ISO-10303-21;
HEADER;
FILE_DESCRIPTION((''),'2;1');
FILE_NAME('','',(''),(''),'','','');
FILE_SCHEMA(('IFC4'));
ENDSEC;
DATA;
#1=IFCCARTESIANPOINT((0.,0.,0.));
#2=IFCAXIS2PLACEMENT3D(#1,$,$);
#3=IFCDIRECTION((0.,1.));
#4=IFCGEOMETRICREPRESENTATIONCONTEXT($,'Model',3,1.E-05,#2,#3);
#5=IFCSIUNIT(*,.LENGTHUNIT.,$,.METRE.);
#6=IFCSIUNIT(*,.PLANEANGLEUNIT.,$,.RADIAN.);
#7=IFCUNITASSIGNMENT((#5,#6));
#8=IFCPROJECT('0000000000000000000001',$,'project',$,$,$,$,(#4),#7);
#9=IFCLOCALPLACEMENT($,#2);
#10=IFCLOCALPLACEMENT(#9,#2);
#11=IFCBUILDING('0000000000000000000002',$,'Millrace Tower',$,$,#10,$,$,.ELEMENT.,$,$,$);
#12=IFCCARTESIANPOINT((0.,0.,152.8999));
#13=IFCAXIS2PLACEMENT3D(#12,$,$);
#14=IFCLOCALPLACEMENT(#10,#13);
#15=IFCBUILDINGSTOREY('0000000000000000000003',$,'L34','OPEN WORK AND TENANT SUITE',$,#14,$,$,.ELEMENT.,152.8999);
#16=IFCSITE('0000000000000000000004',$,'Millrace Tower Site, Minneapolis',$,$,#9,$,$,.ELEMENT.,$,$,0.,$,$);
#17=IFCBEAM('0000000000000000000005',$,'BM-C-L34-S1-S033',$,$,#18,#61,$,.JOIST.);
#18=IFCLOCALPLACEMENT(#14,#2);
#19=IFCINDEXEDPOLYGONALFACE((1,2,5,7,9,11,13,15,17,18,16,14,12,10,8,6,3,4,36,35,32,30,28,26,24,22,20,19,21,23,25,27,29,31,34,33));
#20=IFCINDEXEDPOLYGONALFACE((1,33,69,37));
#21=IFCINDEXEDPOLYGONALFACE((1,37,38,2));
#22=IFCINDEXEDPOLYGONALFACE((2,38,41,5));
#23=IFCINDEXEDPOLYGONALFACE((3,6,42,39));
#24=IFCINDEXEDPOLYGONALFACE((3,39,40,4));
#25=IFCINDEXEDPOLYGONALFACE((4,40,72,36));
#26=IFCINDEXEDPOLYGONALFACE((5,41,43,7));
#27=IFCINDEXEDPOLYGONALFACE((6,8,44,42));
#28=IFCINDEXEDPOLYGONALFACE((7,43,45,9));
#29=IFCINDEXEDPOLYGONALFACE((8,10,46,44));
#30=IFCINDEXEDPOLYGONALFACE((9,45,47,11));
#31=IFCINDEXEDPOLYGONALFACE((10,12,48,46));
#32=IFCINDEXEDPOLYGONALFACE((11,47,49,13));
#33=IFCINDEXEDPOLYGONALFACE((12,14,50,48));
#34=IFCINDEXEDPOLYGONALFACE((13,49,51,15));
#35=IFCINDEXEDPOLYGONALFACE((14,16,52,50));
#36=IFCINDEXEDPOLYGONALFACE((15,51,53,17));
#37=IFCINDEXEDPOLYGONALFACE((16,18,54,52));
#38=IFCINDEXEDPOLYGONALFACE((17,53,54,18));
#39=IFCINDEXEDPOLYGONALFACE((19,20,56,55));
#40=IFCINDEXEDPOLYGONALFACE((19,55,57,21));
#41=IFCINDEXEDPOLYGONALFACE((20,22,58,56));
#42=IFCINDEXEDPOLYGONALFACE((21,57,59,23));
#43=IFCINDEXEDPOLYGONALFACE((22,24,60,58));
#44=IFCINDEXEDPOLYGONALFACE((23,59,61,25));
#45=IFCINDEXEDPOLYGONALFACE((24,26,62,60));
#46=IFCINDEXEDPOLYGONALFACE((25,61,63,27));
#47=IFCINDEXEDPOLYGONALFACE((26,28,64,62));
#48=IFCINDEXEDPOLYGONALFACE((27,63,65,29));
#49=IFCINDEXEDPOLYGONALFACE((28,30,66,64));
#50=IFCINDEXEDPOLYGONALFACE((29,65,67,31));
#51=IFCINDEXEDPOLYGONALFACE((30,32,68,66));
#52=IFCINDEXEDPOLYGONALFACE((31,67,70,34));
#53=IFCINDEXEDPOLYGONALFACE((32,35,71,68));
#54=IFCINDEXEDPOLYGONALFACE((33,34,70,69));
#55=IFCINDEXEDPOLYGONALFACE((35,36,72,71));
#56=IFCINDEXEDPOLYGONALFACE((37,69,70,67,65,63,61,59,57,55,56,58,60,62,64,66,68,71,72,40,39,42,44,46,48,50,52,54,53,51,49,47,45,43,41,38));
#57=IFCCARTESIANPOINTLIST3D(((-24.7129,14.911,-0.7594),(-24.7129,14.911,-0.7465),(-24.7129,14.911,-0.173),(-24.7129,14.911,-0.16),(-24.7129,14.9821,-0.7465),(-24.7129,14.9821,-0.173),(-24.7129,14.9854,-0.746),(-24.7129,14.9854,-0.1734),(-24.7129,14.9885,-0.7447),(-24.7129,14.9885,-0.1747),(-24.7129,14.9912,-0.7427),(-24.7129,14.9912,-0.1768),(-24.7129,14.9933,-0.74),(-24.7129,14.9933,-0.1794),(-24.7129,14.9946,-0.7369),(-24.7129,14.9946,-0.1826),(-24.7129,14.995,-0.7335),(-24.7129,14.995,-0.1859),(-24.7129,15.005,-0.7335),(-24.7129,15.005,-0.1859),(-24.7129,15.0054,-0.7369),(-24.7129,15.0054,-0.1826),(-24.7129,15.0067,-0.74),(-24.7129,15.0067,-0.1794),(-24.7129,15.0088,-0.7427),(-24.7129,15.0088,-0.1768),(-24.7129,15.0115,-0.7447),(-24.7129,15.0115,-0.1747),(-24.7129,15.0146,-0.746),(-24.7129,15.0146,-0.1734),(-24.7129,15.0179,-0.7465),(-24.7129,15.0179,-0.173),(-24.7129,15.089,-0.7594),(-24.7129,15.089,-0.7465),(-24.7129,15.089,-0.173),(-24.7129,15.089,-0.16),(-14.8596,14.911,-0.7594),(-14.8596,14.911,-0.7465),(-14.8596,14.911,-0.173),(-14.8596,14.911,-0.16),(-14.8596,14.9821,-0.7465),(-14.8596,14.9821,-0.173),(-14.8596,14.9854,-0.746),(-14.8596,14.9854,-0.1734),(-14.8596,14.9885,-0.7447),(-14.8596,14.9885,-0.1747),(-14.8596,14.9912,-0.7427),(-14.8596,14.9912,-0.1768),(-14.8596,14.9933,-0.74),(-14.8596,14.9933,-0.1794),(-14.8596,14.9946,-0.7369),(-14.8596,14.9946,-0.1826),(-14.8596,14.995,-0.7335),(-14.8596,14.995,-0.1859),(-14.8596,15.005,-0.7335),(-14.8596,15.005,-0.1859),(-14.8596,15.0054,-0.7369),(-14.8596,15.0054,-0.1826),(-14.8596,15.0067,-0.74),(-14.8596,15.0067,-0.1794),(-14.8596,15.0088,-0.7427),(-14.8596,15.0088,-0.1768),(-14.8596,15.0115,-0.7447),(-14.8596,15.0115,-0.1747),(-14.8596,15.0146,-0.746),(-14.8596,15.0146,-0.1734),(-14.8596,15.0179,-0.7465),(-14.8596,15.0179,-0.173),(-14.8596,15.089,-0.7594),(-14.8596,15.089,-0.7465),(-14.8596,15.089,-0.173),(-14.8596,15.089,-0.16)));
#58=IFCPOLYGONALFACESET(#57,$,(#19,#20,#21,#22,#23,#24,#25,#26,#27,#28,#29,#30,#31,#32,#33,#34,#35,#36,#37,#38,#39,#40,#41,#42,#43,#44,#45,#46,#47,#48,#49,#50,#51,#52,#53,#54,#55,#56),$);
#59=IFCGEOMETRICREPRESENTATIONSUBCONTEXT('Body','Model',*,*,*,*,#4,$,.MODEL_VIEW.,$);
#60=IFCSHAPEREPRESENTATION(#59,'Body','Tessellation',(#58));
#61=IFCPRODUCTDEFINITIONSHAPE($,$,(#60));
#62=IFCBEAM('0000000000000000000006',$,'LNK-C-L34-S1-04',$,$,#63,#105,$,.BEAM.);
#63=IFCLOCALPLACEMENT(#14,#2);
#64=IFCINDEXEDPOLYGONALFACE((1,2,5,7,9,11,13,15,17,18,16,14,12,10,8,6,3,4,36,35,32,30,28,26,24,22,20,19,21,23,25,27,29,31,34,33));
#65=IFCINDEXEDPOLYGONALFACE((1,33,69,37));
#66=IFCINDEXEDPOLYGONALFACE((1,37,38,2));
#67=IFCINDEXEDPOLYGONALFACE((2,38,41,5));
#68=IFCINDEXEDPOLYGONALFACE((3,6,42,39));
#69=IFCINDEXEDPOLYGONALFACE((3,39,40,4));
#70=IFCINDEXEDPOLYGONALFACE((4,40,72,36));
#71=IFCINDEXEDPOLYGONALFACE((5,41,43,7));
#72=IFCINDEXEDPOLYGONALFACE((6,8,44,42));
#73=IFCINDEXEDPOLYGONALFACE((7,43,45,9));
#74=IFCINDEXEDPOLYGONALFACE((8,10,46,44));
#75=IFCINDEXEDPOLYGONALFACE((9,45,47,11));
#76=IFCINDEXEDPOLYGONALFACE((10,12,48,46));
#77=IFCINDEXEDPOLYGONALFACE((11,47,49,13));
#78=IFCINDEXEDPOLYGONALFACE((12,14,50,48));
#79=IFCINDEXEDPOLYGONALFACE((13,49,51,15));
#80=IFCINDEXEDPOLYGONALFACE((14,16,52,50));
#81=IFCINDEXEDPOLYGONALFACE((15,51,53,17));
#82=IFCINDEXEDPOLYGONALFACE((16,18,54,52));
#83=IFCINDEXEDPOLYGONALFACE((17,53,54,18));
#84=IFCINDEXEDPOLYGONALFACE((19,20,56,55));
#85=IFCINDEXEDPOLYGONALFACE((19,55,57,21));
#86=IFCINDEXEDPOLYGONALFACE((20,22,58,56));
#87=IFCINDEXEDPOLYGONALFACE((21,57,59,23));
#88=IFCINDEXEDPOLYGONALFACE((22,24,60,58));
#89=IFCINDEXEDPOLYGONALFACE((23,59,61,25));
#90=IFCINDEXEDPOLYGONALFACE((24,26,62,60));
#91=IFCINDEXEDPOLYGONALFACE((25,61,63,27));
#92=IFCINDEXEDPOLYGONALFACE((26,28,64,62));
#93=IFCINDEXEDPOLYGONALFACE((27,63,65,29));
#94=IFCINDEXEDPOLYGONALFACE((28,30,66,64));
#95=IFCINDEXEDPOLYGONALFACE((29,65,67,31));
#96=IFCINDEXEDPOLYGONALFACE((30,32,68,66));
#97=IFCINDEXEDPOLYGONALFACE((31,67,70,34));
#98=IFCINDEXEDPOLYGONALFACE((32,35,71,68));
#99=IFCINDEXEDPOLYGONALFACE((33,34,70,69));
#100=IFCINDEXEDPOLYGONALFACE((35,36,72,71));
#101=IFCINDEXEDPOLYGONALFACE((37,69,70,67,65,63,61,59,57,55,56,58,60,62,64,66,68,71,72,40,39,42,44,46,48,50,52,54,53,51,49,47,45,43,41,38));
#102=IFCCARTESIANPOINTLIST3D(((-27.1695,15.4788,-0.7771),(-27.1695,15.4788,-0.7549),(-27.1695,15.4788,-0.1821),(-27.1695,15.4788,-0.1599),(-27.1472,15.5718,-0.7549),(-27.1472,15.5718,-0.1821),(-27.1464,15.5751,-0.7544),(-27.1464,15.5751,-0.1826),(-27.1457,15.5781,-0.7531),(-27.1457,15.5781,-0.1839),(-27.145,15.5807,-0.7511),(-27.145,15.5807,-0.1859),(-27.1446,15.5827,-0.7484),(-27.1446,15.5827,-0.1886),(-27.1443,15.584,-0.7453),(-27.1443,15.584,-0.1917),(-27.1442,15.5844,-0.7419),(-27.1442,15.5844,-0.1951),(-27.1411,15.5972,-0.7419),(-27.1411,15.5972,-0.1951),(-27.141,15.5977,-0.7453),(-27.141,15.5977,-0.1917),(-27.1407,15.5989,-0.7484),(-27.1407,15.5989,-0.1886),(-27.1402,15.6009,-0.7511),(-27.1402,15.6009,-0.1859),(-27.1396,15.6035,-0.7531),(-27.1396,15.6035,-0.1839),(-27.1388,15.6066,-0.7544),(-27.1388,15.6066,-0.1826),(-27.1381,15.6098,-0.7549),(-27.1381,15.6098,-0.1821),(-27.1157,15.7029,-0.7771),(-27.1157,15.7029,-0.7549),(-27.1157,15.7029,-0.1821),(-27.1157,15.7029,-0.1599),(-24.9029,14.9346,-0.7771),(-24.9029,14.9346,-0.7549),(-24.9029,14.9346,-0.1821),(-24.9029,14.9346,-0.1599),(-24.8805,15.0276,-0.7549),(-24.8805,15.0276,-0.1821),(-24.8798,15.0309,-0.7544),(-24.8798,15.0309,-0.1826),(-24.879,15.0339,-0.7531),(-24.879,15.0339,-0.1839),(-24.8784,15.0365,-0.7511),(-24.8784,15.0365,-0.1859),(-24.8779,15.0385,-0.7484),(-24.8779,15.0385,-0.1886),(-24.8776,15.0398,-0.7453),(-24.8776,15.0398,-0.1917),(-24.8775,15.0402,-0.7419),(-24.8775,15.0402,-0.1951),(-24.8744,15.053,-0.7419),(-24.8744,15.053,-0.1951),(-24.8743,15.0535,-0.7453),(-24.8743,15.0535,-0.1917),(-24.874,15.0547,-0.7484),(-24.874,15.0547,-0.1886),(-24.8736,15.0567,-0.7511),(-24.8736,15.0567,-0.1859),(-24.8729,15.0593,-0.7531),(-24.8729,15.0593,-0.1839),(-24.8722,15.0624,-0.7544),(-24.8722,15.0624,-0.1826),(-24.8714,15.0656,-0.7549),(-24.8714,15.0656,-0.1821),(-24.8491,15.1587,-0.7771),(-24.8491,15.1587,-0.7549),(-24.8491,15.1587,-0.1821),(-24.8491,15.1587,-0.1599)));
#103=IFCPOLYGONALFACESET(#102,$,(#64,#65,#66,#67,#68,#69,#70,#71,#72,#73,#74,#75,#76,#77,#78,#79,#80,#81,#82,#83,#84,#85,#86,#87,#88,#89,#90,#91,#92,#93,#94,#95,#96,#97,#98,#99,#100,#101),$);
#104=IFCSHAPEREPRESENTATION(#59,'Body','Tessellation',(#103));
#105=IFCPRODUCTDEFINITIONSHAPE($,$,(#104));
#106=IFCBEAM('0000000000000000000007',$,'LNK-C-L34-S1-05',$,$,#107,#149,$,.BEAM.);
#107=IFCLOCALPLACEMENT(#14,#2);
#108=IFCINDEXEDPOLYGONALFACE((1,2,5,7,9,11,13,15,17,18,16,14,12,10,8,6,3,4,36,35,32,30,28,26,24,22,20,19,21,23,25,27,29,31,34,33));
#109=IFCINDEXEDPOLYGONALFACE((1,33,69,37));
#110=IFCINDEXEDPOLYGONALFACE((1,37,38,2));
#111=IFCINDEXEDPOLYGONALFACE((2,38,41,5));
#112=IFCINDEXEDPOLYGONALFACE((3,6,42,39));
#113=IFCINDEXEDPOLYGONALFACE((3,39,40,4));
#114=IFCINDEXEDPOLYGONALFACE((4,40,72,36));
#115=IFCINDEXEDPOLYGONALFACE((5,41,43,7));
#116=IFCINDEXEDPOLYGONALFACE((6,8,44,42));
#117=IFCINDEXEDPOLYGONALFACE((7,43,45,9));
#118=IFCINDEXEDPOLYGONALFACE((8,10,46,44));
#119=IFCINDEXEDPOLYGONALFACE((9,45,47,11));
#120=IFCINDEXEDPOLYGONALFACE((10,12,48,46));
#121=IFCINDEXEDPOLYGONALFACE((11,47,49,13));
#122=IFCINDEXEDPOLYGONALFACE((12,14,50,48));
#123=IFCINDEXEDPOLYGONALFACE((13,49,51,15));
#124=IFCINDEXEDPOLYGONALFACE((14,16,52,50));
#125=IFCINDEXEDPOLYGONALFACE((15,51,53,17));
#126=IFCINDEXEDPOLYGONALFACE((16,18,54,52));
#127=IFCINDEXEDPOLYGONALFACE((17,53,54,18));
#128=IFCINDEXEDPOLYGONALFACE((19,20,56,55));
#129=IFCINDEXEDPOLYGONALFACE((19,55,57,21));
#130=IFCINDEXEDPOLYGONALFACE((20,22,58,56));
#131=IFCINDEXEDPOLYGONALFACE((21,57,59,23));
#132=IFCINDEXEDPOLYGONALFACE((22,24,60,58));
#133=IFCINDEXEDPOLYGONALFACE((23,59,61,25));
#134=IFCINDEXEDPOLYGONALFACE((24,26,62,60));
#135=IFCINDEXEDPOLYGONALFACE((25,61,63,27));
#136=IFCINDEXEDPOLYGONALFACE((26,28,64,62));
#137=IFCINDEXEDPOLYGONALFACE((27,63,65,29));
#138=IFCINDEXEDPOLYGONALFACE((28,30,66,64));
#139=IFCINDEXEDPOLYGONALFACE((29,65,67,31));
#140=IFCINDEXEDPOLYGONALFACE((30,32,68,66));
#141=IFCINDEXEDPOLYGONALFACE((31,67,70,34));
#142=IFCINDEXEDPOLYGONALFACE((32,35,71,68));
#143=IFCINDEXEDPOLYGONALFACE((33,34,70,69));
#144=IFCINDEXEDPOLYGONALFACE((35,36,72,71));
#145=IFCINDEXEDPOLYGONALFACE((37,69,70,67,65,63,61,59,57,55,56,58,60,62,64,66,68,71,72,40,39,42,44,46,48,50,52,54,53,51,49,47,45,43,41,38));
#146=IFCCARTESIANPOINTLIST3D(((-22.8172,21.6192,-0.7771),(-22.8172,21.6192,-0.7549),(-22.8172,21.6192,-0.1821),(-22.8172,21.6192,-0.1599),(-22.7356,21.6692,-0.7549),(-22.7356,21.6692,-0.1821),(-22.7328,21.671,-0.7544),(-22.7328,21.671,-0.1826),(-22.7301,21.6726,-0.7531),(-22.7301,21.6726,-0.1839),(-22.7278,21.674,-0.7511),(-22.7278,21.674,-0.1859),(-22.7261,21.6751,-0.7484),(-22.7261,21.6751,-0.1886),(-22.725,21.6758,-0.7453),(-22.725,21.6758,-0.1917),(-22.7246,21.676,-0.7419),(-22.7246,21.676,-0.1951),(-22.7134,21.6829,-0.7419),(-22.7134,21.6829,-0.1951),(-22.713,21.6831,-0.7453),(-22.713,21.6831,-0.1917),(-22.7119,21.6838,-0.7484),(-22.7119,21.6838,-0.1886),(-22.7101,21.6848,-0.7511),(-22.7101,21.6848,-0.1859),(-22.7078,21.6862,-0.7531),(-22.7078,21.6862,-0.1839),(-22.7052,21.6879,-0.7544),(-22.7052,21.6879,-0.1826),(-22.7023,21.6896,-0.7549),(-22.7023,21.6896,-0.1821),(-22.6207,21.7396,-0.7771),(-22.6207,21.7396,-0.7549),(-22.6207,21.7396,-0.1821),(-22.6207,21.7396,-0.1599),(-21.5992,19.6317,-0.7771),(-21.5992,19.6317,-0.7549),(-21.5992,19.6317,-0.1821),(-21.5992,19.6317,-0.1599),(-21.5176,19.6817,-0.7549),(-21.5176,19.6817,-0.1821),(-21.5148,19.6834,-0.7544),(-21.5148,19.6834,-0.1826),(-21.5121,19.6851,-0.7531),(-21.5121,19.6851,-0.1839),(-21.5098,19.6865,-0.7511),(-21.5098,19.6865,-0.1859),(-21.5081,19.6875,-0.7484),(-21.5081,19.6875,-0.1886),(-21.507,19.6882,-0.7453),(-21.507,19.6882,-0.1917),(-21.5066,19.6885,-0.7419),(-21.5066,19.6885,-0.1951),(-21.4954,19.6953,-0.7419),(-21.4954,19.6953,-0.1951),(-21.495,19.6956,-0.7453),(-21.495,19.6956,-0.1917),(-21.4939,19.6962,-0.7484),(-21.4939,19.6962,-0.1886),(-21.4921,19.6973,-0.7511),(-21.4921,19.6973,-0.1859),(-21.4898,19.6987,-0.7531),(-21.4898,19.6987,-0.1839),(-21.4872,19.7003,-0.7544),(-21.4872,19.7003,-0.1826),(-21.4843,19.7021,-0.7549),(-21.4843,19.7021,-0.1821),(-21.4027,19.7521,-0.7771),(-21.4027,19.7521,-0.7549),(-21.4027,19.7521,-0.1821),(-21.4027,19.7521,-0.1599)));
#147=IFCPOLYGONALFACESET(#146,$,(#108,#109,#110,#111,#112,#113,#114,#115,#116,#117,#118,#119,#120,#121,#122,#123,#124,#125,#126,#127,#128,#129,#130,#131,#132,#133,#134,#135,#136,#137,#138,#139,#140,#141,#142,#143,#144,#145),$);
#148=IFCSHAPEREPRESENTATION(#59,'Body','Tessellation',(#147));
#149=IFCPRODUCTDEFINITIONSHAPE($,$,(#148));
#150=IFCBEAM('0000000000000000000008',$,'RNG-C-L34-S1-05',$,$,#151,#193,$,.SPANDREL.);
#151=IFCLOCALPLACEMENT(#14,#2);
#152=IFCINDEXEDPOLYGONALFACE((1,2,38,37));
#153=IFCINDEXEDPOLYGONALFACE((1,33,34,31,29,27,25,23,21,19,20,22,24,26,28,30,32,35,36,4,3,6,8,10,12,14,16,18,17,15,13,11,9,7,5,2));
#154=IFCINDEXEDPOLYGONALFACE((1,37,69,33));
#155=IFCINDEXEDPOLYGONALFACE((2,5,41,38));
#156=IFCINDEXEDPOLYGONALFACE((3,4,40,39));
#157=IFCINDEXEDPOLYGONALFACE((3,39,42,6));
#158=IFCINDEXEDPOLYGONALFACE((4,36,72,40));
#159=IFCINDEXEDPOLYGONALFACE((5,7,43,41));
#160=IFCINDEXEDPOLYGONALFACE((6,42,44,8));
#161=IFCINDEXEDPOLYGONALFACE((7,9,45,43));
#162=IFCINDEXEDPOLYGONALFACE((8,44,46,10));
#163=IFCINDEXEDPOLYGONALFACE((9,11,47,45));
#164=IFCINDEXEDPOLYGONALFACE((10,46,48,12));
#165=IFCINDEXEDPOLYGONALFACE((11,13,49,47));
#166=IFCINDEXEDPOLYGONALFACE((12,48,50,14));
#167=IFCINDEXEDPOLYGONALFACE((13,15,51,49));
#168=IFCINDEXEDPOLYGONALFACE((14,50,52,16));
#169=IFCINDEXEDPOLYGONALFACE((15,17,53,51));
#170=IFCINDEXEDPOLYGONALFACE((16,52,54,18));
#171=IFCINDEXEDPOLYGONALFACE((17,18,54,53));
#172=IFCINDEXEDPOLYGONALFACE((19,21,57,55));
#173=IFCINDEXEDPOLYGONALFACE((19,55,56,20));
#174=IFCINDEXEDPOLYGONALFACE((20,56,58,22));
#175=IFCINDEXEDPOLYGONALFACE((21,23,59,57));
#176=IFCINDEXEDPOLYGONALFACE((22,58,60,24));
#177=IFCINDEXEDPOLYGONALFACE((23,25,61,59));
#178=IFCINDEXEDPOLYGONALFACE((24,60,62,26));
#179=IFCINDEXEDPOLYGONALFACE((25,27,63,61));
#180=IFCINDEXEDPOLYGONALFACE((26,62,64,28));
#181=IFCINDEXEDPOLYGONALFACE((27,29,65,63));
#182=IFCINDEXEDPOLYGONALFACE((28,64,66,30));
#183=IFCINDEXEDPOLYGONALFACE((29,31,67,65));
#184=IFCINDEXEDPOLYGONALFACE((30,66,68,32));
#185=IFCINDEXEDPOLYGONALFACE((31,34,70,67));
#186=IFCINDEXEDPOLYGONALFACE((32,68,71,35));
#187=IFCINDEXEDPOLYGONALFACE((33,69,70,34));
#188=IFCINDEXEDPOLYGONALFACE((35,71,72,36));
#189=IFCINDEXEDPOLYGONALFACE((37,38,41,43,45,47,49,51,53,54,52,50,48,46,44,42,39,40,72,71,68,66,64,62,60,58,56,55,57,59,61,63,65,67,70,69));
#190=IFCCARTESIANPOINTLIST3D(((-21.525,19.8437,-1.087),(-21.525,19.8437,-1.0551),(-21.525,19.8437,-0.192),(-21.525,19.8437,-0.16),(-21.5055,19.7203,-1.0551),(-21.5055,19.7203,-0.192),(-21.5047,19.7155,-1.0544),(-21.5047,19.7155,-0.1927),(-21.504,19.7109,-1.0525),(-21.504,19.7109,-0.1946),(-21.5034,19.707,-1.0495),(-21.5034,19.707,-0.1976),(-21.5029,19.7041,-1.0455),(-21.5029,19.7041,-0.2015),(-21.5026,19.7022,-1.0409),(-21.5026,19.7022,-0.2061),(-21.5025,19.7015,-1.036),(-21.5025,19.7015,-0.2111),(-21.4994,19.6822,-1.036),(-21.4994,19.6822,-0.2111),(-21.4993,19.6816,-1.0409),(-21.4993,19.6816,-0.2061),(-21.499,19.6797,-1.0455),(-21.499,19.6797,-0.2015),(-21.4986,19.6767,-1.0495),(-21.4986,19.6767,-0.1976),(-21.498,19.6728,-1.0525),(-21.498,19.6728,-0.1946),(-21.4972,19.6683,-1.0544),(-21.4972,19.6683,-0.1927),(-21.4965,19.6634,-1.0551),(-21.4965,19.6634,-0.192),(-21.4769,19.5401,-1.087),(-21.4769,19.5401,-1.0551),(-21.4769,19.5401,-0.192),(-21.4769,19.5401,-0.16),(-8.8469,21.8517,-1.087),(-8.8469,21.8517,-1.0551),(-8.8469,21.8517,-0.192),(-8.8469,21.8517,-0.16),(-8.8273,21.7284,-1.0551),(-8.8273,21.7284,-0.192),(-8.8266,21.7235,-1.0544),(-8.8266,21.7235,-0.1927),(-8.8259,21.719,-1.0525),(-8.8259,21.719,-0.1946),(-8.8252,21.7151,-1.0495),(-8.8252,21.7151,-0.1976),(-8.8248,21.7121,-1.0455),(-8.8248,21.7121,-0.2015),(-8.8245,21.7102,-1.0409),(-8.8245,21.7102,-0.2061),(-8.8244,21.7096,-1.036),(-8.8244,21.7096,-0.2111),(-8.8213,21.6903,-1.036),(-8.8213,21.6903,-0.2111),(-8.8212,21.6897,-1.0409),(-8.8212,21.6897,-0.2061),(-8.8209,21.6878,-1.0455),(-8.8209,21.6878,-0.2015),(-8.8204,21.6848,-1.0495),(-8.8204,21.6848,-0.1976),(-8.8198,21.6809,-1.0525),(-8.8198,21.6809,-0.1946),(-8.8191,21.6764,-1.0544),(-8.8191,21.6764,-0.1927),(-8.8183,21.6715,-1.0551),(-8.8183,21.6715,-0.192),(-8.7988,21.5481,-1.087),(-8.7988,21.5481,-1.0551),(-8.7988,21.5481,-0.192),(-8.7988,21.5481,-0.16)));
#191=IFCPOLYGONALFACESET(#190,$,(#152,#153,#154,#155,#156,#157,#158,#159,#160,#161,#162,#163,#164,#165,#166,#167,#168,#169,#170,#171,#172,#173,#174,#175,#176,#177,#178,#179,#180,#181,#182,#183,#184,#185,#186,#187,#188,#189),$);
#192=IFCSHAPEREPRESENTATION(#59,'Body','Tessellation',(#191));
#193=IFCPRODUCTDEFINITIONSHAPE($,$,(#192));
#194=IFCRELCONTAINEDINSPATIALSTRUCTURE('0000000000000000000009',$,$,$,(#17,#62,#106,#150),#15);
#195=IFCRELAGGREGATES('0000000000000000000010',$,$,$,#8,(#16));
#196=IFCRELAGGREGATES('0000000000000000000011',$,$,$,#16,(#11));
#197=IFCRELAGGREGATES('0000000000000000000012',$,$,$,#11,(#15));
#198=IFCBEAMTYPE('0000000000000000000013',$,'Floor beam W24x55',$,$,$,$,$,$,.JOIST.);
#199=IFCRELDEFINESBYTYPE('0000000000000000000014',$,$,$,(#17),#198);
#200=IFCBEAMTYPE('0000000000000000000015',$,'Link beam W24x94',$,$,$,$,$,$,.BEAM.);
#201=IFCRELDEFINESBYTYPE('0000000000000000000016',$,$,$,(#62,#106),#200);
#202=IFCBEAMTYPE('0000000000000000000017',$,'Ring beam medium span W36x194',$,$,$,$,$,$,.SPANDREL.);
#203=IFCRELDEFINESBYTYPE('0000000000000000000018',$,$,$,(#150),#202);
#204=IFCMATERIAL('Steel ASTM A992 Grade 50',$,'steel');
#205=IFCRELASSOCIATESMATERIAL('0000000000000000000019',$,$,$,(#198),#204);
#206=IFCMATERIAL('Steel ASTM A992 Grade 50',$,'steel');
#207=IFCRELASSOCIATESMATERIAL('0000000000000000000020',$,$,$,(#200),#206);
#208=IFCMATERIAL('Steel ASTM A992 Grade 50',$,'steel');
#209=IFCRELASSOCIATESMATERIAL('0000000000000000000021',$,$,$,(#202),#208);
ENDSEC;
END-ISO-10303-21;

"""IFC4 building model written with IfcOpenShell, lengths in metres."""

from ifc_helpers import new_model, si_unit, direction, frame, origin, origin_2d, place, context, subcontext, project, spatial, i_section, extrude, material, material_profile, profile_set, type_object, element, save


model = new_model("IFC4")

# Units and contexts
model_context = context("Model", 3, precision=1e-05, world=origin(), true_north=direction((0.0, 1.0)))
body_context = subcontext(model_context, "Body", "Model", "MODEL_VIEW")
ifc_project = project(units=[si_unit("LENGTHUNIT", "METRE"), si_unit("PLANEANGLEUNIT", "RADIAN")], contexts=[model_context])

# Site, building, storey
site_placement = place(None, origin())
site = spatial("IfcSite", under=ifc_project, at=site_placement, Name="Millrace Tower Site, Minneapolis", CompositionType="ELEMENT", RefElevation=0.0)
building_placement = place(site_placement, origin())
building = spatial("IfcBuilding", under=site, at=building_placement, Name="Millrace Tower", CompositionType="ELEMENT")
storey_placement = place(building_placement, frame((0.0, 0.0, 152.8999)))
storey = spatial("IfcBuildingStorey", under=building, at=storey_placement, Name="L34", Description="OPEN WORK AND TENANT SUITE", CompositionType="ELEMENT", Elevation=152.8999)

# Beams
ifc_material_1 = material(Name="Steel ASTM A992 Grade 50", Category="steel")
ifc_material_profile_1 = material_profile(ifc_material_1, i_section(OverallWidth=0.178, OverallDepth=0.5994, WebThickness=0.01, FlangeThickness=0.0129, FilletRadius=0.0129, at=origin_2d()))
ifc_profile_set_1 = profile_set([ifc_material_profile_1], Name="Steel ASTM A992 Grade 50")
beam_type_1 = type_object("IfcBeamType", Name="Floor beam W24x55", PredefinedType="JOIST", material=ifc_profile_set_1)
beam_1_placement = place(storey_placement, frame((-24.7129, 15.0, -0.4597), z_axis=(1.0, 0.0, 0.0), x_axis=(0.0, 1.0, 0.0)))
element("IfcBeam", 1, at=beam_1_placement, inside=storey, type_object=beam_type_1, Name="BM-C-L34-S1-S033", PredefinedType="JOIST", context=body_context, shape_type="SweptSolid", body=[
    extrude(i_section(OverallWidth=0.178, OverallDepth=0.5994, WebThickness=0.01, FlangeThickness=0.0129, FilletRadius=0.0129, at=origin_2d()), origin(), (0.0, 0.0, 1.0), 9.8533),
])
ifc_material_2 = material(Name="Steel ASTM A992 Grade 50", Category="steel")
ifc_material_profile_2 = material_profile(ifc_material_2, i_section(OverallWidth=0.2305, OverallDepth=0.6172, WebThickness=0.0132, FlangeThickness=0.0222, FilletRadius=0.0129, at=origin_2d()))
ifc_profile_set_2 = profile_set([ifc_material_profile_2], Name="Steel ASTM A992 Grade 50")
beam_type_2 = type_object("IfcBeamType", Name="Link beam W24x94", PredefinedType="BEAM", material=ifc_profile_set_2)
for number, where, z_axis, x_axis, name in (
    (2, (-24.876, 15.0466, -0.4685), (-0.972367, 0.233456, 0.0), (-0.233456, -0.972367, 0.0), "LNK-C-L34-S1-04"),
    (3, (-21.501, 19.6919, -0.4685), (-0.522513, 0.852631, 0.0), (-0.852631, -0.522513, 0.0), "LNK-C-L34-S1-05"),
):
    element("IfcBeam", number, at=place(storey_placement, frame(where, z_axis=z_axis, x_axis=x_axis)), inside=storey, type_object=beam_type_2, Name=name, PredefinedType="BEAM", context=body_context, shape_type="SweptSolid", body=[
        extrude(i_section(OverallWidth=0.2305, OverallDepth=0.6172, WebThickness=0.0132, FlangeThickness=0.0222, FilletRadius=0.0129, at=origin_2d()), origin(), (0.0, 0.0, 1.0), 2.3311),
    ])
ifc_material_3 = material(Name="Steel ASTM A992 Grade 50", Category="steel")
ifc_material_profile_3 = material_profile(ifc_material_3, i_section(OverallWidth=0.3074, OverallDepth=0.927, WebThickness=0.0195, FlangeThickness=0.032, FilletRadius=0.019, at=origin_2d()))
ifc_profile_set_3 = profile_set([ifc_material_profile_3], Name="Steel ASTM A992 Grade 50")
beam_type_3 = type_object("IfcBeamType", Name="Ring beam medium span W36x194", PredefinedType="SPANDREL", material=ifc_profile_set_3)
beam_2_placement = place(storey_placement, frame((-21.501, 19.6919, -0.6235), z_axis=(0.987688, 0.156436, 0.0), x_axis=(-0.156436, 0.987688, 0.0)))
element("IfcBeam", 4, at=beam_2_placement, inside=storey, type_object=beam_type_3, Name="RNG-C-L34-S1-05", PredefinedType="SPANDREL", context=body_context, shape_type="SweptSolid", body=[
    extrude(i_section(OverallWidth=0.3074, OverallDepth=0.927, WebThickness=0.0195, FlangeThickness=0.032, FilletRadius=0.019, at=origin_2d()), origin(), (0.0, 0.0, 1.0), 12.8362),
])

save(model, "model.ifc")
